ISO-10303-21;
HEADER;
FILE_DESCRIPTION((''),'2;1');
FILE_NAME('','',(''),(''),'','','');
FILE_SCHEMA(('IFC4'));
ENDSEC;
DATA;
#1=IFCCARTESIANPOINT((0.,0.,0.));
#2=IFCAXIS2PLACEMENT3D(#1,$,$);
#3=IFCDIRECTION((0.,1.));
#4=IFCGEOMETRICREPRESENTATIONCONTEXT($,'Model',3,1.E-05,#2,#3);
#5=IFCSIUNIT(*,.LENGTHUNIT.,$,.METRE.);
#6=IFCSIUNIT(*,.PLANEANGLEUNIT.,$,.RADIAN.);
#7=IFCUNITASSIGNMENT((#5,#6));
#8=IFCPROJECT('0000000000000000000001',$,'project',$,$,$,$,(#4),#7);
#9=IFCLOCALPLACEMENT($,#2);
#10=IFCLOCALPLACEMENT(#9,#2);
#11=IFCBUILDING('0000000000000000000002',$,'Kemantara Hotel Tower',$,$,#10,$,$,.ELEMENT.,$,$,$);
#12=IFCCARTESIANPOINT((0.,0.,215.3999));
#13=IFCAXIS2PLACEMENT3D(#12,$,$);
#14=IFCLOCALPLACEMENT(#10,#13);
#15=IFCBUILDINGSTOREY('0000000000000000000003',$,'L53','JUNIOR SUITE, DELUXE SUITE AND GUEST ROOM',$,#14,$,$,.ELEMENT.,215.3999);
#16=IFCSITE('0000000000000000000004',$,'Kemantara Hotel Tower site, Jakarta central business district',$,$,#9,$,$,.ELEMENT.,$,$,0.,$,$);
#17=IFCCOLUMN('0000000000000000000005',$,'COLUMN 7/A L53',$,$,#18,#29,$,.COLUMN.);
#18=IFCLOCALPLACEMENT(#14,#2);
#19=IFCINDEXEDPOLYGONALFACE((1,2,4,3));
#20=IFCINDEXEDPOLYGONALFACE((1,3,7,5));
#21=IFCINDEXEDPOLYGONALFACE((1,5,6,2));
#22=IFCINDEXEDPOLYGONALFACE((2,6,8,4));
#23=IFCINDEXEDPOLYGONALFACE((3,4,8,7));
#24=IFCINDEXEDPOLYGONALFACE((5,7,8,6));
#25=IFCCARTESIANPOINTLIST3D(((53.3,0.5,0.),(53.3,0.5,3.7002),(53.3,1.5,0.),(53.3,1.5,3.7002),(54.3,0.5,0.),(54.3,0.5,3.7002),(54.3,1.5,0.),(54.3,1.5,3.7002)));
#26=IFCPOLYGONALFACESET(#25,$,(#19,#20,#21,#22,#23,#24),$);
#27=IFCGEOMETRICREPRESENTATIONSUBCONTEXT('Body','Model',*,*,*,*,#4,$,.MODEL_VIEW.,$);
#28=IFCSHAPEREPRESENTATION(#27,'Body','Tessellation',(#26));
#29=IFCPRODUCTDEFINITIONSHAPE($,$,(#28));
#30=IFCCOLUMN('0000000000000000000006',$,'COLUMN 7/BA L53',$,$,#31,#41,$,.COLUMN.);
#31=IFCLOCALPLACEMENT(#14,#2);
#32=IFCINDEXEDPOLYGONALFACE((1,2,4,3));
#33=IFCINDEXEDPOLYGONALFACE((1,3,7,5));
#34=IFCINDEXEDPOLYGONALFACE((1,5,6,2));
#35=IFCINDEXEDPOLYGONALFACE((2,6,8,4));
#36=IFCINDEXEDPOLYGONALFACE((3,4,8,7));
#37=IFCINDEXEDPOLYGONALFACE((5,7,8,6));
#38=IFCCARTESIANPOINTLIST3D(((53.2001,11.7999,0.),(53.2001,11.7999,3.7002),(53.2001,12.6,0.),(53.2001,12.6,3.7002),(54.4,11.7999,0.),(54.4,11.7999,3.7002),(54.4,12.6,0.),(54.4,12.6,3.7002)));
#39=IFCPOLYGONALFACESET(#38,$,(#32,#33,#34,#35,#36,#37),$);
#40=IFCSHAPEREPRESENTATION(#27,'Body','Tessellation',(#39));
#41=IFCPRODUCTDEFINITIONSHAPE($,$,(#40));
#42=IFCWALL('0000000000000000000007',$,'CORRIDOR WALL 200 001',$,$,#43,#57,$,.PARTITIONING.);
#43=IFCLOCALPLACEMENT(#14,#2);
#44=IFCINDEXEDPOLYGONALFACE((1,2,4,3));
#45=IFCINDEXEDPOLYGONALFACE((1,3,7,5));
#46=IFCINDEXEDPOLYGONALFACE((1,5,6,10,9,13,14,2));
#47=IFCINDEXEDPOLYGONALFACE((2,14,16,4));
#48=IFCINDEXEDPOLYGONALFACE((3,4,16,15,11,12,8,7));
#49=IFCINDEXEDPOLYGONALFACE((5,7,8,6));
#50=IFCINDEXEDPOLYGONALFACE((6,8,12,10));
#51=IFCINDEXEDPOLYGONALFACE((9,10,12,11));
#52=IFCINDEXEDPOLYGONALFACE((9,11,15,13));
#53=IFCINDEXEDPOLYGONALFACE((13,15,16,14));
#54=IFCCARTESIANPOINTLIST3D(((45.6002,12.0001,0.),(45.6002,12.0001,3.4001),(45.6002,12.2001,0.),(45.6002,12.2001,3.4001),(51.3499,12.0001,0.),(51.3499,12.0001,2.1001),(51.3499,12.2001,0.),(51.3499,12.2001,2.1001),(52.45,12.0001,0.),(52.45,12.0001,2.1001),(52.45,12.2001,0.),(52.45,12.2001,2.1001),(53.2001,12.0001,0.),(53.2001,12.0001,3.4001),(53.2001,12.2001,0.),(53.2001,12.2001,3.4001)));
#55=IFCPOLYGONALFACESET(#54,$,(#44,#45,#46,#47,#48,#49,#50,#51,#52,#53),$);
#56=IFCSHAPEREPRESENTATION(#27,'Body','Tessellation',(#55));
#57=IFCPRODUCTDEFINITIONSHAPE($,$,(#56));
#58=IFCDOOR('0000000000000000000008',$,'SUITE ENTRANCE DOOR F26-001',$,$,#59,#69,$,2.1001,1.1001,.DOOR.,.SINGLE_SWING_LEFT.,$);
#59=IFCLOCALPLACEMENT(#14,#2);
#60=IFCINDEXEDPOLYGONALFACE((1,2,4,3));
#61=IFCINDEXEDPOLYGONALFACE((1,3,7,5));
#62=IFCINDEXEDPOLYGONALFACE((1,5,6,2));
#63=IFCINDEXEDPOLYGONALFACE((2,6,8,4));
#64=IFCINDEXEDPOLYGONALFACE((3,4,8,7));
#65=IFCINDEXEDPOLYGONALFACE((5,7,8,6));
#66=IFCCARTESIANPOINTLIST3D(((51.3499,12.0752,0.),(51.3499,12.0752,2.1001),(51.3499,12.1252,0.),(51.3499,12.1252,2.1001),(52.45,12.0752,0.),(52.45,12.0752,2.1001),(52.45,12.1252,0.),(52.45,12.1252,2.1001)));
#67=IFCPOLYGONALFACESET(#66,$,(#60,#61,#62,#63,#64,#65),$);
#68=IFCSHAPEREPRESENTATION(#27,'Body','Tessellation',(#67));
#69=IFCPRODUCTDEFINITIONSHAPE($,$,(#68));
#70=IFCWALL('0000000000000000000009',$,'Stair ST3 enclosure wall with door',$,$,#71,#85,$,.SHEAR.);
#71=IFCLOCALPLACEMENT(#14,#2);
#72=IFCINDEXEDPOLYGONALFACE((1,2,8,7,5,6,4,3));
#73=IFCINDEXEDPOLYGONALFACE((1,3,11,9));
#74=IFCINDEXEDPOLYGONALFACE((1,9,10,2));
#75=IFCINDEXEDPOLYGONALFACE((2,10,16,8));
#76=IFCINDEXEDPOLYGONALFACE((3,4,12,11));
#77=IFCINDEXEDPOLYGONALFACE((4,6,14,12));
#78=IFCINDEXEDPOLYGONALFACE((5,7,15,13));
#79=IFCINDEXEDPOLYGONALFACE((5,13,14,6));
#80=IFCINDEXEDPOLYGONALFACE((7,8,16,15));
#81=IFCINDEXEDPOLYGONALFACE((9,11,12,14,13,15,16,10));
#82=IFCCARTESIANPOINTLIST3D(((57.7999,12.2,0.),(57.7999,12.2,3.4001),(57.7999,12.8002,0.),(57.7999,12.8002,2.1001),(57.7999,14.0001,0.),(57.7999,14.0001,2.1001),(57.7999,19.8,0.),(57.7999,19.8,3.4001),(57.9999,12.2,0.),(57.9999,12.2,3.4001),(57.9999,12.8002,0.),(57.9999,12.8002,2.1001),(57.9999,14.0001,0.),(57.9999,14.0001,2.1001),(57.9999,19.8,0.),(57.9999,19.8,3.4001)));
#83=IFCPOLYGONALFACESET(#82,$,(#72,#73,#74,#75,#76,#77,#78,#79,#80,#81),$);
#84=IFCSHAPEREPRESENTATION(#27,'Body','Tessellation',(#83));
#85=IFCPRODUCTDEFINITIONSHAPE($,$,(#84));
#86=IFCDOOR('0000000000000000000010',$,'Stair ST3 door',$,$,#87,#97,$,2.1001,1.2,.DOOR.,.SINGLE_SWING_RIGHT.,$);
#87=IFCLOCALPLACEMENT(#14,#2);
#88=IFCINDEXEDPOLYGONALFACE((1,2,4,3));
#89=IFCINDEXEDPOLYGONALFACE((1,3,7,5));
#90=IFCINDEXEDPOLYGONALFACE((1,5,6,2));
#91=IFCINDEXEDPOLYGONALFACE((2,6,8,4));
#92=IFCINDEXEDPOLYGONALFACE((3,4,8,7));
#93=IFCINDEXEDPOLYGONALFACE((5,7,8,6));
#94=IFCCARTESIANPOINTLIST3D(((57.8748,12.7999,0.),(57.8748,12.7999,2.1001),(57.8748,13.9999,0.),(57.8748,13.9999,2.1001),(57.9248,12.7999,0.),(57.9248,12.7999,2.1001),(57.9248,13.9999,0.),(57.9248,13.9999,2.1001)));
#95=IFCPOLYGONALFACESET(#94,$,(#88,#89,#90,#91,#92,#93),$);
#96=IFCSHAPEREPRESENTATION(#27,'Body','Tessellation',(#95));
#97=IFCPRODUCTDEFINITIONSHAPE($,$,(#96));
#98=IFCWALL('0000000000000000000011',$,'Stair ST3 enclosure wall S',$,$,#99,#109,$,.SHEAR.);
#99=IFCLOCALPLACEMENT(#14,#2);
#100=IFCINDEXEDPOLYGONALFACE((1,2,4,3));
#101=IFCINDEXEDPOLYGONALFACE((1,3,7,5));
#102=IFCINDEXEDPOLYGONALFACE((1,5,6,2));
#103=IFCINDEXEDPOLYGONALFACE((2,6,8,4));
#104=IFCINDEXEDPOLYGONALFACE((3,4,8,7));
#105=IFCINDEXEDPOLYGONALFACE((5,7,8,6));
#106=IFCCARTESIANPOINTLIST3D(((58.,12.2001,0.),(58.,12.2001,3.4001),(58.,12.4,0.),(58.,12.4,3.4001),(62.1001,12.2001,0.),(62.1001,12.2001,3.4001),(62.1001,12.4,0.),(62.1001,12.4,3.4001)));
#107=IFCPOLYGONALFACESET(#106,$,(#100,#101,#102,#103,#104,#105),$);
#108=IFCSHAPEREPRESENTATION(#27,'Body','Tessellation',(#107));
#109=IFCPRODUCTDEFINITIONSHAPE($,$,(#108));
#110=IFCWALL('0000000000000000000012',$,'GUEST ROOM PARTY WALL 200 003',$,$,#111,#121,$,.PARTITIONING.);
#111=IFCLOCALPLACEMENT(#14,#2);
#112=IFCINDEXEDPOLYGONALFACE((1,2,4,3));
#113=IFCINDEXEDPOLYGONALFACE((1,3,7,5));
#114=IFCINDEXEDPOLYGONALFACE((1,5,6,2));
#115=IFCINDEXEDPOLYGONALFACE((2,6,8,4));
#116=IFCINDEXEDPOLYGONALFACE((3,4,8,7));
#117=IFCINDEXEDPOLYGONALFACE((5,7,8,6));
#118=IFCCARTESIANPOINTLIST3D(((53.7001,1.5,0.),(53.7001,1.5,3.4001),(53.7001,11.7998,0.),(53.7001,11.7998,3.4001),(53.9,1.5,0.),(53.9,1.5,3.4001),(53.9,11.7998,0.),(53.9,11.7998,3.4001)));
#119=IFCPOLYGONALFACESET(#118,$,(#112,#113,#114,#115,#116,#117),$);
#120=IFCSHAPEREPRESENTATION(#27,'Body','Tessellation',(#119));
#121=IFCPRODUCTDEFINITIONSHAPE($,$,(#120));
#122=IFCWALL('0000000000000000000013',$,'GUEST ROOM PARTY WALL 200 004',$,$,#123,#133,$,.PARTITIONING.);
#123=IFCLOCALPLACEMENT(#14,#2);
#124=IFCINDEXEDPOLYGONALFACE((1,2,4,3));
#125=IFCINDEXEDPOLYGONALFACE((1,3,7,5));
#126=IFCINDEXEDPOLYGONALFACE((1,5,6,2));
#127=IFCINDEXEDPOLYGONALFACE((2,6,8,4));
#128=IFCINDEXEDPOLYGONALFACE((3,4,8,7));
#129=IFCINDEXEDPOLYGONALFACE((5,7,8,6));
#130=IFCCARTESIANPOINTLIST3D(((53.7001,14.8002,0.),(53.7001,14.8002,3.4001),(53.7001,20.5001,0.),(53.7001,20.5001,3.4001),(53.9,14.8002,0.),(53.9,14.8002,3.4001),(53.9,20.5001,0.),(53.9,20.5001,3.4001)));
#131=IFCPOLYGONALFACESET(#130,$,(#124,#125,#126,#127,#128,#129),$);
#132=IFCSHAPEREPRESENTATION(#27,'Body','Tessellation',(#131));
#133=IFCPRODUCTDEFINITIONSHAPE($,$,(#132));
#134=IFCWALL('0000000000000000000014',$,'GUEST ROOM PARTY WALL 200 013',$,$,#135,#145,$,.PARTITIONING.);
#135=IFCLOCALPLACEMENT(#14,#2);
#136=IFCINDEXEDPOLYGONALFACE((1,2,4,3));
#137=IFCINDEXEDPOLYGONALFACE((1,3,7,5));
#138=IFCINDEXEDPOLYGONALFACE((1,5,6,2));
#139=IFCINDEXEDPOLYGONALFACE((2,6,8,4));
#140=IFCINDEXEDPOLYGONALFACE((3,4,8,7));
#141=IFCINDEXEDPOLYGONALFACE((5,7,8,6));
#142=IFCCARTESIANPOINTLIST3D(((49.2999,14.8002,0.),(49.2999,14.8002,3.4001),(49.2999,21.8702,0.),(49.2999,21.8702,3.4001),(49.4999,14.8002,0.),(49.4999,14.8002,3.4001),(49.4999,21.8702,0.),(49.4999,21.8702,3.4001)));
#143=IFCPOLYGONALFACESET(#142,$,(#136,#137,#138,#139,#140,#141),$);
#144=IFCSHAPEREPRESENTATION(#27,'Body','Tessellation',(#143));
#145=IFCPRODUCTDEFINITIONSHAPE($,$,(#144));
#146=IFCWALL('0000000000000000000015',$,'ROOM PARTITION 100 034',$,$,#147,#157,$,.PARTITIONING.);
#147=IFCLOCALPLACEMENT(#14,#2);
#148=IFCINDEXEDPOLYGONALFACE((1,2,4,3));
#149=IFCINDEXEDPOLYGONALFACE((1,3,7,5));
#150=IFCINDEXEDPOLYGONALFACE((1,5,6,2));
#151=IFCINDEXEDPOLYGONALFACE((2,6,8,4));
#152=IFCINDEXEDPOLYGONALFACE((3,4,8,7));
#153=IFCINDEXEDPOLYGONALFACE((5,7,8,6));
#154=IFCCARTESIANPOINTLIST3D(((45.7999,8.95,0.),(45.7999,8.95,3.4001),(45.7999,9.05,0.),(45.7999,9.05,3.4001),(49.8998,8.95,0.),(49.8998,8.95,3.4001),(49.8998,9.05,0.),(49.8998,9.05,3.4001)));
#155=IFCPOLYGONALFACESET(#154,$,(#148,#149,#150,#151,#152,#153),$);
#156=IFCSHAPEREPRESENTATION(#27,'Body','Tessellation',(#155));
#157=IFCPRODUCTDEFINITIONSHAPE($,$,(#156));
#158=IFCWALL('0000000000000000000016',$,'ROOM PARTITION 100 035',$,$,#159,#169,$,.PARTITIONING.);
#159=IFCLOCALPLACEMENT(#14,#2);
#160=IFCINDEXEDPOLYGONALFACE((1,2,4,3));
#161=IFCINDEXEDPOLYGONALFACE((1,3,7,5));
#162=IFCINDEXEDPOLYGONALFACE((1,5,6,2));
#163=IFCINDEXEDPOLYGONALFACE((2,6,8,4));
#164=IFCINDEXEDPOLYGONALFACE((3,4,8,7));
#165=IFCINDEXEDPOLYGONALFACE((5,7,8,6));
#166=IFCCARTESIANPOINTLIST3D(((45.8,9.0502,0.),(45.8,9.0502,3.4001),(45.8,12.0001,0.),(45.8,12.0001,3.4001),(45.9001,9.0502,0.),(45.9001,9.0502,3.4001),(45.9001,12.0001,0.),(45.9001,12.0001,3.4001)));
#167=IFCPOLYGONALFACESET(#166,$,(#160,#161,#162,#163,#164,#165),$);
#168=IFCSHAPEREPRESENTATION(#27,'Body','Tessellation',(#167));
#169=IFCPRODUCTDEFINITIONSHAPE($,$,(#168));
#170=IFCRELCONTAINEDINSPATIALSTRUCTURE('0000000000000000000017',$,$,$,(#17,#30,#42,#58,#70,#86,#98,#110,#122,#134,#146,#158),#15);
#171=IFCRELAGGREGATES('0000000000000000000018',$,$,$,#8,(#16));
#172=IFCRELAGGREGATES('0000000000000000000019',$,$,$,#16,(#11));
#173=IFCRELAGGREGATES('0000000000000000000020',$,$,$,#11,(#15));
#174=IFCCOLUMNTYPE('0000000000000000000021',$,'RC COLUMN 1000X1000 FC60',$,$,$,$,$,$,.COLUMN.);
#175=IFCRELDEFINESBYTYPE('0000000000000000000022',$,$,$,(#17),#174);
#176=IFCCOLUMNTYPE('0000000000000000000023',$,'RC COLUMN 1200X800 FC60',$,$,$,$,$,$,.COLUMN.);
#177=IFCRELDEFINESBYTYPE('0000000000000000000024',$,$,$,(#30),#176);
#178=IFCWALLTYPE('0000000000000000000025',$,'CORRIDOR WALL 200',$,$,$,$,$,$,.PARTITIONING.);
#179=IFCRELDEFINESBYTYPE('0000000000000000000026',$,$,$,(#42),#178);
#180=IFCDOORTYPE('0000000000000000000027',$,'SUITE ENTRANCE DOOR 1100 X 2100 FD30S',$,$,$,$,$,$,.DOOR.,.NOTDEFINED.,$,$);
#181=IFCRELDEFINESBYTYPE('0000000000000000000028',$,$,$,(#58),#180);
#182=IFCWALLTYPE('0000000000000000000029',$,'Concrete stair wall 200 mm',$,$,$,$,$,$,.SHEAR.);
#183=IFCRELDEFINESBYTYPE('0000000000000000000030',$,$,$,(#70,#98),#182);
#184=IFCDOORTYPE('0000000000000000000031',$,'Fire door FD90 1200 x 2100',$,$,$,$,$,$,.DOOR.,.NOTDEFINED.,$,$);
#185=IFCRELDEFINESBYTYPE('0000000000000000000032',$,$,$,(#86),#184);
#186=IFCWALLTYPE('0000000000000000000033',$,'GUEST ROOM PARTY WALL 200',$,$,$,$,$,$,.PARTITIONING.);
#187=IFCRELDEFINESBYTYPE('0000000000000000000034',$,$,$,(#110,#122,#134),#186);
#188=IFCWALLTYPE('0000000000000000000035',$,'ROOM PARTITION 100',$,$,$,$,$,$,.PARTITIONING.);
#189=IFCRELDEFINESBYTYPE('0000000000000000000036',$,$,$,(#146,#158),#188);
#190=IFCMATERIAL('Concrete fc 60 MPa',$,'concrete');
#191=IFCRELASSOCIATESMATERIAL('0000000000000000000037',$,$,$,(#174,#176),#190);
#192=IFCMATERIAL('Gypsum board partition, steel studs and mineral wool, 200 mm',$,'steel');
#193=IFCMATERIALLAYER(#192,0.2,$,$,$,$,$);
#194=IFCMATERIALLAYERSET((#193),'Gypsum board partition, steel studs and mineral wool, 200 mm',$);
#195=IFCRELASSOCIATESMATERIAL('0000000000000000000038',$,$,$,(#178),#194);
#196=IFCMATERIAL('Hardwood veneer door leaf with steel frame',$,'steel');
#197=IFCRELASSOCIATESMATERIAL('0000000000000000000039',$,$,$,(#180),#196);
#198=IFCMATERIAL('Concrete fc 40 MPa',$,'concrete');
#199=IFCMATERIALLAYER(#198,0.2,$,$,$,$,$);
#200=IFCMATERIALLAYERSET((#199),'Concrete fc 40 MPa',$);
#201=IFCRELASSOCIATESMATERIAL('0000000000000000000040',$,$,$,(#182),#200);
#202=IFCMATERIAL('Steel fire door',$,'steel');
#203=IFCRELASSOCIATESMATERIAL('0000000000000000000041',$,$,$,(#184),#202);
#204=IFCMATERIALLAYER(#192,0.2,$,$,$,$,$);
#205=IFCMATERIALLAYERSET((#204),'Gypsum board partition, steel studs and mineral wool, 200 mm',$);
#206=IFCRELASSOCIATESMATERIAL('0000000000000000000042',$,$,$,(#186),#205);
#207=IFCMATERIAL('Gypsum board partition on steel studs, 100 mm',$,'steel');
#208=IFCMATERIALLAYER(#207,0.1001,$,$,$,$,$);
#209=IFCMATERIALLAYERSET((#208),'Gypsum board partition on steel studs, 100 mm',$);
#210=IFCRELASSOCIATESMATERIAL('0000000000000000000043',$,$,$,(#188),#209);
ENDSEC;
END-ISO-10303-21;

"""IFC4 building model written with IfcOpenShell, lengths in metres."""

from ifc_helpers import new_model, si_unit, direction, frame, frame_2d, origin, origin_2d, place, context, subcontext, project, spatial, rectangle, extrude, material, layer, layer_set, material_profile, profile_set, type_object, element, fill, save


model = new_model("IFC4")

# Units and contexts
model_context = context("Model", 3, precision=1e-05, world=origin(), true_north=direction((0.0, 1.0)))
body_context = subcontext(model_context, "Body", "Model", "MODEL_VIEW")
ifc_project = project(units=[si_unit("LENGTHUNIT", "METRE"), si_unit("PLANEANGLEUNIT", "RADIAN")], contexts=[model_context])

# Site, building, storey
site_placement = place(None, origin())
site = spatial("IfcSite", under=ifc_project, at=site_placement, Name="Kemantara Hotel Tower site, Jakarta central business district", CompositionType="ELEMENT", RefElevation=0.0)
building_placement = place(site_placement, origin())
building = spatial("IfcBuilding", under=site, at=building_placement, Name="Kemantara Hotel Tower", CompositionType="ELEMENT")
storey_placement = place(building_placement, frame((0.0, 0.0, 215.3999)))
storey = spatial("IfcBuildingStorey", under=building, at=storey_placement, Name="L53", Description="JUNIOR SUITE, DELUXE SUITE AND GUEST ROOM", CompositionType="ELEMENT", Elevation=215.3999)

# Columns
ifc_material_1 = material(Name="Concrete fc 60 MPa", Category="concrete")
ifc_material_profile_1 = material_profile(ifc_material_1, rectangle(XDim=1.0, YDim=1.0, at=origin_2d()), Name="RC 1000X1000")
ifc_profile_set_1 = profile_set([ifc_material_profile_1], Name="Concrete fc 60 MPa")
column_type_1 = type_object("IfcColumnType", Name="RC COLUMN 1000X1000 FC60", PredefinedType="COLUMN", material=ifc_profile_set_1)
column_1_placement = place(storey_placement, frame((53.8, 1.0, 0.0), z_axis=(0.0, 0.0, 1.0), x_axis=(1.0, 0.0, 0.0)))
element("IfcColumn", 1, at=column_1_placement, inside=storey, type_object=column_type_1, Name="COLUMN 7/A L53", PredefinedType="COLUMN", context=body_context, shape_type="SweptSolid", body=[
    extrude(rectangle(XDim=1.0, YDim=1.0, at=origin_2d()), origin(), (0.0, 0.0, 1.0), 3.7002),
])
ifc_material_profile_2 = material_profile(ifc_material_1, rectangle(XDim=1.2, YDim=0.8, at=origin_2d()), Name="RC 1200X800")
ifc_profile_set_2 = profile_set([ifc_material_profile_2], Name="Concrete fc 60 MPa")
column_type_2 = type_object("IfcColumnType", Name="RC COLUMN 1200X800 FC60", PredefinedType="COLUMN", material=ifc_profile_set_2)
column_2_placement = place(storey_placement, frame((53.8, 12.2, 0.0), z_axis=(0.0, 0.0, 1.0), x_axis=(1.0, 0.0, 0.0)))
element("IfcColumn", 2, at=column_2_placement, inside=storey, type_object=column_type_2, Name="COLUMN 7/BA L53", PredefinedType="COLUMN", context=body_context, shape_type="SweptSolid", body=[
    extrude(rectangle(XDim=1.2, YDim=0.8, at=origin_2d()), origin(), (0.0, 0.0, 1.0), 3.7002),
])

# Walls, openings, doors
ifc_material_2 = material(Name="Gypsum board partition, steel studs and mineral wool, 200 mm", Category="steel")
ifc_layer_1 = layer(ifc_material_2, 0.2)
ifc_layer_set_1 = layer_set([ifc_layer_1], Name="Gypsum board partition, steel studs and mineral wool, 200 mm")
wall_type_1 = type_object("IfcWallType", Name="CORRIDOR WALL 200", PredefinedType="PARTITIONING", material=ifc_layer_set_1)
wall_1_placement = place(storey_placement, frame((53.2, 12.1001, 0.0), z_axis=(0.0, 0.0, 1.0), x_axis=(-1.0, 0.0, 0.0)))
wall_1 = element("IfcWall", 3, at=wall_1_placement, inside=storey, type_object=wall_type_1, Name="CORRIDOR WALL 200 001", PredefinedType="PARTITIONING", context=body_context, shape_type="SweptSolid", body=[
    extrude(rectangle(XDim=7.5999, YDim=0.2, at=frame_2d((3.7998, 0.0))), origin(), (0.0, 0.0, 1.0), 3.4001),
])
opening_1_placement = place(wall_1_placement, frame((0.75, 0.0, 0.0)))
opening_1 = element("IfcOpeningElement", 4, at=opening_1_placement, cuts=wall_1, PredefinedType="OPENING", context=body_context, shape_type="SweptSolid", body=[
    extrude(rectangle(XDim=1.1001, YDim=2.1001, at=frame_2d((0.55, 1.05))), frame((0.0, 0.1099, 0.0), z_axis=(0.0, -1.0, 0.0), x_axis=(1.0, 0.0, 0.0)), (0.0, 0.0, 1.0), 0.22),
])
ifc_material_3 = material(Name="Hardwood veneer door leaf with steel frame", Category="steel")
door_type_1 = type_object("IfcDoorType", Name="SUITE ENTRANCE DOOR 1100 X 2100 FD30S", OperationType="NOTDEFINED", PredefinedType="DOOR", material=ifc_material_3)
door_1_placement = place(opening_1_placement, origin())
door_1 = element("IfcDoor", 5, at=door_1_placement, inside=storey, type_object=door_type_1, Name="SUITE ENTRANCE DOOR F26-001", OperationType="SINGLE_SWING_LEFT", OverallHeight=2.1001, OverallWidth=1.1001, PredefinedType="DOOR", context=body_context, shape_type="SweptSolid", body=[
    extrude(rectangle(XDim=1.1001, YDim=2.1001, at=frame_2d((0.55, 1.05))), frame((0.0, 0.0249, 0.0), z_axis=(0.0, -1.0, 0.0), x_axis=(1.0, 0.0, 0.0)), (0.0, 0.0, 1.0), 0.05),
])
fill(opening_1, door_1)
ifc_material_4 = material(Name="Concrete fc 40 MPa", Category="concrete")
ifc_layer_2 = layer(ifc_material_4, 0.2)
ifc_layer_set_2 = layer_set([ifc_layer_2], Name="Concrete fc 40 MPa")
wall_type_2 = type_object("IfcWallType", Name="Concrete stair wall 200 mm", PredefinedType="SHEAR", material=ifc_layer_set_2)
wall_2_placement = place(storey_placement, frame((57.8999, 12.2, 0.0), z_axis=(0.0, 0.0, 1.0), x_axis=(0.0, 1.0, 0.0)))
wall_2 = element("IfcWall", 6, at=wall_2_placement, inside=storey, type_object=wall_type_2, Name="Stair ST3 enclosure wall with door", PredefinedType="SHEAR", context=body_context, shape_type="SweptSolid", body=[
    extrude(rectangle(XDim=7.6001, YDim=0.2, at=frame_2d((3.8, 0.0))), origin(), (0.0, 0.0, 1.0), 3.4001),
])
opening_2_placement = place(wall_2_placement, frame((0.6001, 0.0, 0.0)))
opening_2 = element("IfcOpeningElement", 7, at=opening_2_placement, cuts=wall_2, PredefinedType="OPENING", context=body_context, shape_type="SweptSolid", body=[
    extrude(rectangle(XDim=1.2, YDim=2.1001, at=frame_2d((0.6001, 1.05))), frame((0.0, 0.1099, 0.0), z_axis=(0.0, -1.0, 0.0), x_axis=(1.0, 0.0, 0.0)), (0.0, 0.0, 1.0), 0.22),
])
ifc_material_5 = material(Name="Steel fire door", Category="steel")
door_type_2 = type_object("IfcDoorType", Name="Fire door FD90 1200 x 2100", OperationType="NOTDEFINED", PredefinedType="DOOR", material=ifc_material_5)
door_2_placement = place(opening_2_placement, frame((1.2, 0.0, 0.0), z_axis=(0.0, 0.0, 1.0), x_axis=(-1.0, 0.0, 0.0)))
door_2 = element("IfcDoor", 8, at=door_2_placement, inside=storey, type_object=door_type_2, Name="Stair ST3 door", OperationType="SINGLE_SWING_RIGHT", OverallHeight=2.1001, OverallWidth=1.2, PredefinedType="DOOR", context=body_context, shape_type="SweptSolid", body=[
    extrude(rectangle(XDim=1.2, YDim=2.1001, at=frame_2d((0.6001, 1.05))), frame((0.0, 0.0249, 0.0), z_axis=(0.0, -1.0, 0.0), x_axis=(1.0, 0.0, 0.0)), (0.0, 0.0, 1.0), 0.05),
])
fill(opening_2, door_2)

# Walls
wall_3_placement = place(storey_placement, frame((58.0, 12.3, 0.0), z_axis=(0.0, 0.0, 1.0), x_axis=(1.0, 0.0, 0.0)))
element("IfcWall", 9, at=wall_3_placement, inside=storey, type_object=wall_type_2, Name="Stair ST3 enclosure wall S", PredefinedType="SHEAR", context=body_context, shape_type="SweptSolid", body=[
    extrude(rectangle(XDim=4.1001, YDim=0.2, at=frame_2d((2.05, 0.0))), origin(), (0.0, 0.0, 1.0), 3.4001),
])
ifc_layer_3 = layer(ifc_material_2, 0.2)
ifc_layer_set_3 = layer_set([ifc_layer_3], Name="Gypsum board partition, steel studs and mineral wool, 200 mm")
wall_type_3 = type_object("IfcWallType", Name="GUEST ROOM PARTY WALL 200", PredefinedType="PARTITIONING", material=ifc_layer_set_3)
wall_4_placement = place(storey_placement, frame((53.8, 1.5, 0.0), z_axis=(0.0, 0.0, 1.0), x_axis=(0.0, 1.0, 0.0)))
element("IfcWall", 10, at=wall_4_placement, inside=storey, type_object=wall_type_3, Name="GUEST ROOM PARTY WALL 200 003", PredefinedType="PARTITIONING", context=body_context, shape_type="SweptSolid", body=[
    extrude(rectangle(XDim=10.2998, YDim=0.2, at=frame_2d((5.1499, 0.0))), origin(), (0.0, 0.0, 1.0), 3.4001),
])
wall_5_placement = place(storey_placement, frame((53.8, 14.8, 0.0), z_axis=(0.0, 0.0, 1.0), x_axis=(0.0, 1.0, 0.0)))
element("IfcWall", 11, at=wall_5_placement, inside=storey, type_object=wall_type_3, Name="GUEST ROOM PARTY WALL 200 004", PredefinedType="PARTITIONING", context=body_context, shape_type="SweptSolid", body=[
    extrude(rectangle(XDim=5.7, YDim=0.2, at=frame_2d((2.8501, 0.0))), origin(), (0.0, 0.0, 1.0), 3.4001),
])
wall_6_placement = place(storey_placement, frame((49.3999, 14.8, 0.0), z_axis=(0.0, 0.0, 1.0), x_axis=(0.0, 1.0, 0.0)))
element("IfcWall", 12, at=wall_6_placement, inside=storey, type_object=wall_type_3, Name="GUEST ROOM PARTY WALL 200 013", PredefinedType="PARTITIONING", context=body_context, shape_type="SweptSolid", body=[
    extrude(rectangle(XDim=7.0701, YDim=0.2, at=frame_2d((3.5352, 0.0))), origin(), (0.0, 0.0, 1.0), 3.4001),
])
ifc_material_6 = material(Name="Gypsum board partition on steel studs, 100 mm", Category="steel")
ifc_layer_4 = layer(ifc_material_6, 0.1001)
ifc_layer_set_4 = layer_set([ifc_layer_4], Name="Gypsum board partition on steel studs, 100 mm")
wall_type_4 = type_object("IfcWallType", Name="ROOM PARTITION 100", PredefinedType="PARTITIONING", material=ifc_layer_set_4)
wall_7_placement = place(storey_placement, frame((45.8, 9.0, 0.0), z_axis=(0.0, 0.0, 1.0), x_axis=(1.0, 0.0, 0.0)))
element("IfcWall", 13, at=wall_7_placement, inside=storey, type_object=wall_type_4, Name="ROOM PARTITION 100 034", PredefinedType="PARTITIONING", context=body_context, shape_type="SweptSolid", body=[
    extrude(rectangle(XDim=4.0999, YDim=0.1001, at=frame_2d((2.0498, 0.0))), origin(), (0.0, 0.0, 1.0), 3.4001),
])
wall_8_placement = place(storey_placement, frame((45.8501, 9.05, 0.0), z_axis=(0.0, 0.0, 1.0), x_axis=(0.0, 1.0, 0.0)))
element("IfcWall", 14, at=wall_8_placement, inside=storey, type_object=wall_type_4, Name="ROOM PARTITION 100 035", PredefinedType="PARTITIONING", context=body_context, shape_type="SweptSolid", body=[
    extrude(rectangle(XDim=2.95, YDim=0.1001, at=frame_2d((1.4751, 0.0))), origin(), (0.0, 0.0, 1.0), 3.4001),
])

save(model, "model.ifc")
